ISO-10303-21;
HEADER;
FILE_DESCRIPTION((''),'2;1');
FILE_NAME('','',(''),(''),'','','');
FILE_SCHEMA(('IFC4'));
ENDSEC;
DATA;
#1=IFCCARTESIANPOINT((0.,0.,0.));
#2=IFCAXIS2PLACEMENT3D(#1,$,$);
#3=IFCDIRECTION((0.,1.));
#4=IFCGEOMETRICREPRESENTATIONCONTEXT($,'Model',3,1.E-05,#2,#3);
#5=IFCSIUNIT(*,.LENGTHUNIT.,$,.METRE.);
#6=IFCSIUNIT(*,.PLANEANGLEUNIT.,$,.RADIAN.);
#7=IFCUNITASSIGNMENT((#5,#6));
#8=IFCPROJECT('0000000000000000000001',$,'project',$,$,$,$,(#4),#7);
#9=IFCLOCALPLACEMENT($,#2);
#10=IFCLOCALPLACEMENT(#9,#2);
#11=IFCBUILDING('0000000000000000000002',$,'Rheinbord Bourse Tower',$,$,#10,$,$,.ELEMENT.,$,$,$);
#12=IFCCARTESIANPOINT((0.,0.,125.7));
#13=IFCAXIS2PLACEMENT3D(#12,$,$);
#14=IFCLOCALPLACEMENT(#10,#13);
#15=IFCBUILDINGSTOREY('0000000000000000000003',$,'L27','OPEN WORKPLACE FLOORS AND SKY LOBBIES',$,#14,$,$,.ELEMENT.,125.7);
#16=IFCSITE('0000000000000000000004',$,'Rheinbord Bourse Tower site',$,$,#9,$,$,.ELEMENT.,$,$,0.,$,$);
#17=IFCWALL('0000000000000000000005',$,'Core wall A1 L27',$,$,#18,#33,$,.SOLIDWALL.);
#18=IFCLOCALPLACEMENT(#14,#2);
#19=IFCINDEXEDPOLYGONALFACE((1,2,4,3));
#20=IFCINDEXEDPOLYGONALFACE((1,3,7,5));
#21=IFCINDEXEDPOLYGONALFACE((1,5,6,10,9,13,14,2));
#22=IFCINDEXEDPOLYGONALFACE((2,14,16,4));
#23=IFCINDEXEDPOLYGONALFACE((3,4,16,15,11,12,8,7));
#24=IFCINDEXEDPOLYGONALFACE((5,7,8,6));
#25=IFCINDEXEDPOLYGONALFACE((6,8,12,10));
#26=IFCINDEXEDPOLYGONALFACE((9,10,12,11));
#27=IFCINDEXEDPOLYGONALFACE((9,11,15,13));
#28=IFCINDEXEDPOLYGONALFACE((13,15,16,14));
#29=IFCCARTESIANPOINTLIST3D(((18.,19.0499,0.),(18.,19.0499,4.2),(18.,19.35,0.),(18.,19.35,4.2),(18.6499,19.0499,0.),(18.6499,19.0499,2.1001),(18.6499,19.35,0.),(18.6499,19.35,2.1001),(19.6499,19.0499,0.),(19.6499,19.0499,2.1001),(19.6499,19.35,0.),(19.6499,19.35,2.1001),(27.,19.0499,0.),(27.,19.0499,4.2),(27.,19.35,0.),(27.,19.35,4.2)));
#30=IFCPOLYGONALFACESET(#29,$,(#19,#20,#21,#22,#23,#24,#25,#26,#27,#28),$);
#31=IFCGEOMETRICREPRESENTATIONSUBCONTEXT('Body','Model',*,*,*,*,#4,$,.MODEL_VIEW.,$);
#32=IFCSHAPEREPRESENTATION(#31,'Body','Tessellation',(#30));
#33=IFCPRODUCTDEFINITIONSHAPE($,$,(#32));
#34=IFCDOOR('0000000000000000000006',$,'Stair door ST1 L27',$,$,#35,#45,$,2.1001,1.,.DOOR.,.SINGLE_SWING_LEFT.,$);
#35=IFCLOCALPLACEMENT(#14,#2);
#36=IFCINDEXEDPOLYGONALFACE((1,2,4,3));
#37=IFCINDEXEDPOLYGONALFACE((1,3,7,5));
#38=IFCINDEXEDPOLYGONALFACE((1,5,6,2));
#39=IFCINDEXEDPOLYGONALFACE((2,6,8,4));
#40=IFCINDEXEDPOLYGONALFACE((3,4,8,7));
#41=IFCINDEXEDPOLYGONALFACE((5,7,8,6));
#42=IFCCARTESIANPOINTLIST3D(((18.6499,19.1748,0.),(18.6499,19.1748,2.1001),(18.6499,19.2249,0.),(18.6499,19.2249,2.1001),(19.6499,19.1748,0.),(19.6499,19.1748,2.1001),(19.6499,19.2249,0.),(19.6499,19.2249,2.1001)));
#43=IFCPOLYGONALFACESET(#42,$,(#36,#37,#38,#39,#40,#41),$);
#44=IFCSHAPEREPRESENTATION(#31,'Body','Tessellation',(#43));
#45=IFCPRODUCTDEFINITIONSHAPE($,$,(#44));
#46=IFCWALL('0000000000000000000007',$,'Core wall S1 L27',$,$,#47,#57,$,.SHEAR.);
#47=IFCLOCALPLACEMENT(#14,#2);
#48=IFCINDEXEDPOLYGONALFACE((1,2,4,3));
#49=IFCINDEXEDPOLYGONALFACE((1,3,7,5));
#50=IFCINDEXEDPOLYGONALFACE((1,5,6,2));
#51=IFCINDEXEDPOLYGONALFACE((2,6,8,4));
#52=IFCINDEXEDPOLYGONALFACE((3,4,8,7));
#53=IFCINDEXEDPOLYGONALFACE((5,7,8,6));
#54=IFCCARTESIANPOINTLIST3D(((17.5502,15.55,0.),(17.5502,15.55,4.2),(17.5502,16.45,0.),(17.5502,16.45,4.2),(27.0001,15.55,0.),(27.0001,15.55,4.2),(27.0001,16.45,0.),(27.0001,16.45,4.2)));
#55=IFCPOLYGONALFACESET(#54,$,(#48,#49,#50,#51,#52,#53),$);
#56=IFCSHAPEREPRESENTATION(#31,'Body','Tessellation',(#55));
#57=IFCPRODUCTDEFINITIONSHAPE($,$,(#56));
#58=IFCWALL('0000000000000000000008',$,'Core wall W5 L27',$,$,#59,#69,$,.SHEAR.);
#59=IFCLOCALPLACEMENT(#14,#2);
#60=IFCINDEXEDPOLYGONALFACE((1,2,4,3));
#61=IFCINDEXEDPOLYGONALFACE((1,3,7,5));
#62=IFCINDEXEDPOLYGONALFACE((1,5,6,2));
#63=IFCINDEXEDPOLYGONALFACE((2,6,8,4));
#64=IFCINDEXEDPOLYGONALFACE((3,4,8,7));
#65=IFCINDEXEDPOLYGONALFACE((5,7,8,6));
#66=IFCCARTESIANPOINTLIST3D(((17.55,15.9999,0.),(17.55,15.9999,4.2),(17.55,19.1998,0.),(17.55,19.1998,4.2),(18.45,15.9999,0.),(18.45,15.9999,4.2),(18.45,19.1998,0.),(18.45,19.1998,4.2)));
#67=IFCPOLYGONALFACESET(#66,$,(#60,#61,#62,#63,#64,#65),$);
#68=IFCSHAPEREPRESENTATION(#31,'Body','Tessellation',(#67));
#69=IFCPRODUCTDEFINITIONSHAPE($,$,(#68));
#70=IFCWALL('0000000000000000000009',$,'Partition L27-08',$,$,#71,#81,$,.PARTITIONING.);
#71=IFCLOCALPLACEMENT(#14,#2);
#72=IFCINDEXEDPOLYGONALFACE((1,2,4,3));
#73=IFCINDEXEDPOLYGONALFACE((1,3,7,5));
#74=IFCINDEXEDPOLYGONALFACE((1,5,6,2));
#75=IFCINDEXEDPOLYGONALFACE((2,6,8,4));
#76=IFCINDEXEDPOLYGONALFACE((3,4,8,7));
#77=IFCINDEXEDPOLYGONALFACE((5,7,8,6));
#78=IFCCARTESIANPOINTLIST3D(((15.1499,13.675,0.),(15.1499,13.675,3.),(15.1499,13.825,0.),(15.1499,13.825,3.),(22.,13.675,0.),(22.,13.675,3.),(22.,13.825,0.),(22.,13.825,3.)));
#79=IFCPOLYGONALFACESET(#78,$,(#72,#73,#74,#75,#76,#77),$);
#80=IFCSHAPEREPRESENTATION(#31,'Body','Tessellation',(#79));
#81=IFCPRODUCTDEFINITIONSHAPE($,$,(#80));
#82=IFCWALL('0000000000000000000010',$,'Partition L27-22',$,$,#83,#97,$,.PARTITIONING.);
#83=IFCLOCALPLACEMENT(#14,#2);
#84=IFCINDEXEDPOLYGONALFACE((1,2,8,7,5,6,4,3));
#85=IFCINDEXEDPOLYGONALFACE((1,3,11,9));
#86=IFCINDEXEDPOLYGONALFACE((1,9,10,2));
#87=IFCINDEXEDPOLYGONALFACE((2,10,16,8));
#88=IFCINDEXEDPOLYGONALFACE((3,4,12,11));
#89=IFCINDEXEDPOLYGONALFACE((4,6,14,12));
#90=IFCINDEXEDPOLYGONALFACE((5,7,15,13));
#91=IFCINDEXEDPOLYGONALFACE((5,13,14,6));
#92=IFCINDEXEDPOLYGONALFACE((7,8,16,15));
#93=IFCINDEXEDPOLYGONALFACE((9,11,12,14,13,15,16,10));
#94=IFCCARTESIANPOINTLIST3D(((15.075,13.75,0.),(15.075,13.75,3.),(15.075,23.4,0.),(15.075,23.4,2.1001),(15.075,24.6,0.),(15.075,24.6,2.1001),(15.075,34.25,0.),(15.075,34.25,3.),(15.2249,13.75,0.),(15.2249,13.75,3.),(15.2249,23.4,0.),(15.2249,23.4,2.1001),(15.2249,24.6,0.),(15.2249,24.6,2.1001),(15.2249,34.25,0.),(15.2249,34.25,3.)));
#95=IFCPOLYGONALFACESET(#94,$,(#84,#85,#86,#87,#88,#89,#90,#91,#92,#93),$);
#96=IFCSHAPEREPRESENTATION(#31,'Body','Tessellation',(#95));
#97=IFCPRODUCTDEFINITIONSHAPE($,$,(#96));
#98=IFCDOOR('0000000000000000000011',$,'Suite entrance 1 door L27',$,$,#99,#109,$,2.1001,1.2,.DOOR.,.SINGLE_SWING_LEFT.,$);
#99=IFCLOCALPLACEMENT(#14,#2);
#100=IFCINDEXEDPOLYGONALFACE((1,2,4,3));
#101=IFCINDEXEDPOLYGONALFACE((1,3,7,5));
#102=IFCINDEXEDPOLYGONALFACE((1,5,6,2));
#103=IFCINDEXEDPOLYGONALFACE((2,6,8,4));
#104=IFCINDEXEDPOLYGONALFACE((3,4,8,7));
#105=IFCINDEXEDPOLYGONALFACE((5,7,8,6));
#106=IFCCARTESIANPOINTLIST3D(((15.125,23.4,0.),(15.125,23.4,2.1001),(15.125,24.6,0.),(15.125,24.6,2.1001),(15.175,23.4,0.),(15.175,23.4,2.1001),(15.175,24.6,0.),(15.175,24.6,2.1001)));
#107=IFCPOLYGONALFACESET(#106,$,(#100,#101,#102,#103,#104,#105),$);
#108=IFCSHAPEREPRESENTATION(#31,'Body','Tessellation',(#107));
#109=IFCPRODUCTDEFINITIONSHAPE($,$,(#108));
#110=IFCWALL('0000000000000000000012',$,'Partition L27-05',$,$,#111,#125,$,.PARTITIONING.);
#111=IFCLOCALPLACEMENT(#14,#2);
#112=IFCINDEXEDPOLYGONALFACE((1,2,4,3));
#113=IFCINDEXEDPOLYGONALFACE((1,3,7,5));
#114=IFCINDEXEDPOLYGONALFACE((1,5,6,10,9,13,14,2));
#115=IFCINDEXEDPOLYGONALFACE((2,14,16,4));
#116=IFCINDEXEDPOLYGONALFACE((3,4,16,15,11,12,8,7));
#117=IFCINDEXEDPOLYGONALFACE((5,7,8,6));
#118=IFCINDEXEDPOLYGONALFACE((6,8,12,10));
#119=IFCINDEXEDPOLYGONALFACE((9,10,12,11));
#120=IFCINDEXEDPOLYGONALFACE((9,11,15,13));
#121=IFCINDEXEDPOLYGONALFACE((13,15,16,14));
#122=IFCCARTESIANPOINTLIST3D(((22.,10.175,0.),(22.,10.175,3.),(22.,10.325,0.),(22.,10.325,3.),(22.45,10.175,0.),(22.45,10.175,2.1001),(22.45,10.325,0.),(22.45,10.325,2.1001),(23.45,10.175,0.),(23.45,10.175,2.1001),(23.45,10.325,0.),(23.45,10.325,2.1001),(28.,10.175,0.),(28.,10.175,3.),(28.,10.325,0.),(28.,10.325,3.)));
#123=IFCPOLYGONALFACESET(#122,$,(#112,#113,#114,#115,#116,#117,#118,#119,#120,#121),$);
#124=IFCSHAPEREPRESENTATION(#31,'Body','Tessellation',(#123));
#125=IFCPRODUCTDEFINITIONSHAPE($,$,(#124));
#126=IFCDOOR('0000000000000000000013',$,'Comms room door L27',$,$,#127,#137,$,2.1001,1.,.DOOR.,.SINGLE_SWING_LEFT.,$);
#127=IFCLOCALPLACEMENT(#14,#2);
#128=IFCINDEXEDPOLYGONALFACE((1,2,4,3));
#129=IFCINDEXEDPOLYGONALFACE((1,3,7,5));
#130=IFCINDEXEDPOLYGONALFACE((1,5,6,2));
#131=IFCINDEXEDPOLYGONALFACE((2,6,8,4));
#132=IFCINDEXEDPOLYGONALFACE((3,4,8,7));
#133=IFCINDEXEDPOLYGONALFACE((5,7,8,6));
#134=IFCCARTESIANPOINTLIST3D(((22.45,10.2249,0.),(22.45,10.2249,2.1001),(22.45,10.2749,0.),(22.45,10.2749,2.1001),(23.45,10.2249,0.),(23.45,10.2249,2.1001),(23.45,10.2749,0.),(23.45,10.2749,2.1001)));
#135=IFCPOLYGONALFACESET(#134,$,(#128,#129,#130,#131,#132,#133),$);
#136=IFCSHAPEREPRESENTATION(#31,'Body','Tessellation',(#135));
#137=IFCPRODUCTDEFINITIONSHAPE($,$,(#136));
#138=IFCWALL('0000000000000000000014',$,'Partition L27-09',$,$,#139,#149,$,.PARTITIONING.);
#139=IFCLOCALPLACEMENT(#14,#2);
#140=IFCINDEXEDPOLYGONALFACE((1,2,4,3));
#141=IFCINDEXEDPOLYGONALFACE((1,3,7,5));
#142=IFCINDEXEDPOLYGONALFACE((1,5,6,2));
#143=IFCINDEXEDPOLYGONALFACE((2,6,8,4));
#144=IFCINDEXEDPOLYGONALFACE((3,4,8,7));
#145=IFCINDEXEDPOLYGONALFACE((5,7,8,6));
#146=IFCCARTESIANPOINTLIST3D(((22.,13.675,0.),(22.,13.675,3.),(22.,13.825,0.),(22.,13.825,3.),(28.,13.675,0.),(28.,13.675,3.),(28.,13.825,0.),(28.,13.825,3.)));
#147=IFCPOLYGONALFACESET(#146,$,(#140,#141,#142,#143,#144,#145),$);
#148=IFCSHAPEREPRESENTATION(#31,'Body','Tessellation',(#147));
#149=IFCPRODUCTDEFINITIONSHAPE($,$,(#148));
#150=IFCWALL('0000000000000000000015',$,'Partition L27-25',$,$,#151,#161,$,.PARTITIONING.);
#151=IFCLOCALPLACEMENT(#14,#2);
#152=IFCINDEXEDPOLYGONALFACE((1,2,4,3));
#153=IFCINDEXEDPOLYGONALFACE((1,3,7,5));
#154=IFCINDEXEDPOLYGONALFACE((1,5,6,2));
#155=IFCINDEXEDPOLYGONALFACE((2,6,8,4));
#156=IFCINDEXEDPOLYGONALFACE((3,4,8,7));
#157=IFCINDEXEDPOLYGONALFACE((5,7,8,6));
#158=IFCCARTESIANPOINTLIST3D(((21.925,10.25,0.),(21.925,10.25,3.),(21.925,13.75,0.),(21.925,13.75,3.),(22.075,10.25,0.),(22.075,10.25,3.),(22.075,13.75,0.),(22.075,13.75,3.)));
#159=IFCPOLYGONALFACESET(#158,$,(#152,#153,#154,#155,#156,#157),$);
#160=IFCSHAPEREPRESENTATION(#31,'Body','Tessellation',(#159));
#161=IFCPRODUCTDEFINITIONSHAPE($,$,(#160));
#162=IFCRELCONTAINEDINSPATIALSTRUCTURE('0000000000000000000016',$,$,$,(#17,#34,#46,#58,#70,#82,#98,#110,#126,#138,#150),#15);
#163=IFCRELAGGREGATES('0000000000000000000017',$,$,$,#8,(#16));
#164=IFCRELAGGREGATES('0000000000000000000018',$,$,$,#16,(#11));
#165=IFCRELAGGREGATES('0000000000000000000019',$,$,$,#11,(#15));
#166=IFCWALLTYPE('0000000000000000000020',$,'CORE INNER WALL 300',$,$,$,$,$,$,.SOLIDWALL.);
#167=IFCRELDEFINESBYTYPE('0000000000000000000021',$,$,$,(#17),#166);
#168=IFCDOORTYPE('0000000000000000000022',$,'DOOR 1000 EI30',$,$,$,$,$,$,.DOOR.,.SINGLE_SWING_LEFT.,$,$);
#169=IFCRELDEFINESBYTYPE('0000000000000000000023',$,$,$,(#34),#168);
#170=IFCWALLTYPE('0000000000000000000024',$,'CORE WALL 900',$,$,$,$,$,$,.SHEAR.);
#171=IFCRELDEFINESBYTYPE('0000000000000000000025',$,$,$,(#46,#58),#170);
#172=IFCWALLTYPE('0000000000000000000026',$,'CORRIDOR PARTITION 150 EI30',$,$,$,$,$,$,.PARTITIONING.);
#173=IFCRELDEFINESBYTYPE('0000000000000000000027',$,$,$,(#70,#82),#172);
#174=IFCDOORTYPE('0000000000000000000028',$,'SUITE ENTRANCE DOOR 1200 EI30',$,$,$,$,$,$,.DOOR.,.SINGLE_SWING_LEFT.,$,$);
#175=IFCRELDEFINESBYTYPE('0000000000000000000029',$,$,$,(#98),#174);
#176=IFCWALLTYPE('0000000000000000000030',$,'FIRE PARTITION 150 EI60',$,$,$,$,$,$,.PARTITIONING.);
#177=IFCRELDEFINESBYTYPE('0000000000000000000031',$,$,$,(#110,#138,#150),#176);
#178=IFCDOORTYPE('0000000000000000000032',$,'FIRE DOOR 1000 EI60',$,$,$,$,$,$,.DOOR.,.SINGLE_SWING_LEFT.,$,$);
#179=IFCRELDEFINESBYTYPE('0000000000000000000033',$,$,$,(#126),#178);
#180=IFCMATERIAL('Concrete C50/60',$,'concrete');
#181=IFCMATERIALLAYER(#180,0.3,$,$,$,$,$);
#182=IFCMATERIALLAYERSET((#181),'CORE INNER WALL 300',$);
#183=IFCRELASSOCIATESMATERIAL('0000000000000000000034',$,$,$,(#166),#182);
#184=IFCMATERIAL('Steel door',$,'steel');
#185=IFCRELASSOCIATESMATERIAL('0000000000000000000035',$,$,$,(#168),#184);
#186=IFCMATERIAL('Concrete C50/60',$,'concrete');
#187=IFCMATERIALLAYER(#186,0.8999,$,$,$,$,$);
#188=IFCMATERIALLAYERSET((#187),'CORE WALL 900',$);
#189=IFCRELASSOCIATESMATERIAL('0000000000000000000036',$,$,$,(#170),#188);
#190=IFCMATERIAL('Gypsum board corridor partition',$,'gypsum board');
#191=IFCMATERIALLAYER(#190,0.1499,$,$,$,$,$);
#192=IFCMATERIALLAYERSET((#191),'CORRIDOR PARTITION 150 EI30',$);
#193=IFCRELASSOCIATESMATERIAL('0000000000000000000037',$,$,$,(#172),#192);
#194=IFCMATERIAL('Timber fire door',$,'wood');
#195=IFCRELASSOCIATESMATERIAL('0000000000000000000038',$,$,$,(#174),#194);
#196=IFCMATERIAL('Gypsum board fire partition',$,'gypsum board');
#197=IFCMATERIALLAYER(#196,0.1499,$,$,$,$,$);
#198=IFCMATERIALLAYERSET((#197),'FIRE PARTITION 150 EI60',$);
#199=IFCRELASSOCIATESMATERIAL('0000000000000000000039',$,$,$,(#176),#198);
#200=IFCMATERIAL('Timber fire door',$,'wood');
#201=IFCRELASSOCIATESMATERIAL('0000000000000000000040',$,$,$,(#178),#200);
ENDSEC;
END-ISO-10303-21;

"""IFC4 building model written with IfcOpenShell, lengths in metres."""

from ifc_helpers import new_model, si_unit, direction, frame, frame_2d, origin, place, context, subcontext, project, spatial, rectangle, extrude, material, layer, layer_set, type_object, element, fill, save


model = new_model("IFC4")

# Units and contexts
model_context = context("Model", 3, precision=1e-05, world=origin(), true_north=direction((0.0, 1.0)))
body_context = subcontext(model_context, "Body", "Model", "MODEL_VIEW")
ifc_project = project(units=[si_unit("LENGTHUNIT", "METRE"), si_unit("PLANEANGLEUNIT", "RADIAN")], contexts=[model_context])

# Site, building, storey
site_placement = place(None, origin())
site = spatial("IfcSite", under=ifc_project, at=site_placement, Name="Rheinbord Bourse Tower site", CompositionType="ELEMENT", RefElevation=0.0)
building_placement = place(site_placement, origin())
building = spatial("IfcBuilding", under=site, at=building_placement, Name="Rheinbord Bourse Tower", CompositionType="ELEMENT")
storey_placement = place(building_placement, frame((0.0, 0.0, 125.7)))
storey = spatial("IfcBuildingStorey", under=building, at=storey_placement, Name="L27", Description="OPEN WORKPLACE FLOORS AND SKY LOBBIES", CompositionType="ELEMENT", Elevation=125.7)

# Wall, opening, door
ifc_material_1 = material(Name="Concrete C50/60", Category="concrete")
ifc_layer_1 = layer(ifc_material_1, 0.3)
ifc_layer_set_1 = layer_set([ifc_layer_1], Name="CORE INNER WALL 300")
wall_type_1 = type_object("IfcWallType", Name="CORE INNER WALL 300", PredefinedType="SOLIDWALL", material=ifc_layer_set_1)
wall_1_placement = place(storey_placement, frame((18.0, 19.2, 0.0), z_axis=(0.0, 0.0, 1.0), x_axis=(1.0, 0.0, 0.0)))
wall_1 = element("IfcWall", 1, at=wall_1_placement, inside=storey, type_object=wall_type_1, Name="Core wall A1 L27", PredefinedType="SOLIDWALL", context=body_context, shape_type="SweptSolid", body=[
    extrude(rectangle(XDim=9.0, YDim=0.3, at=frame_2d((4.5, 0.0))), origin(), (0.0, 0.0, 1.0), 4.2),
])
opening_1_placement = place(wall_1_placement, frame((0.6499, 0.0, 0.0)))
opening_1 = element("IfcOpeningElement", 2, at=opening_1_placement, cuts=wall_1, PredefinedType="OPENING", context=body_context, shape_type="SweptSolid", body=[
    extrude(rectangle(XDim=1.0, YDim=2.1001, at=frame_2d((0.5, 1.05))), frame((0.0, 0.1599, 0.0), z_axis=(0.0, -1.0, 0.0), x_axis=(1.0, 0.0, 0.0)), (0.0, 0.0, 1.0), 0.3201),
])
ifc_material_2 = material(Name="Steel door", Category="steel")
door_type_1 = type_object("IfcDoorType", Name="DOOR 1000 EI30", OperationType="SINGLE_SWING_LEFT", PredefinedType="DOOR", material=ifc_material_2)
door_1_placement = place(opening_1_placement, origin())
door_1 = element("IfcDoor", 3, at=door_1_placement, inside=storey, type_object=door_type_1, Name="Stair door ST1 L27", OperationType="SINGLE_SWING_LEFT", OverallHeight=2.1001, OverallWidth=1.0, PredefinedType="DOOR", context=body_context, shape_type="SweptSolid", body=[
    extrude(rectangle(XDim=1.0, YDim=2.1001, at=frame_2d((0.5, 1.05))), frame((0.0, 0.0249, 0.0), z_axis=(0.0, -1.0, 0.0), x_axis=(1.0, 0.0, 0.0)), (0.0, 0.0, 1.0), 0.05),
])
fill(opening_1, door_1)

# Walls
ifc_material_3 = material(Name="Concrete C50/60", Category="concrete")
ifc_layer_2 = layer(ifc_material_3, 0.8999)
ifc_layer_set_2 = layer_set([ifc_layer_2], Name="CORE WALL 900")
wall_type_2 = type_object("IfcWallType", Name="CORE WALL 900", PredefinedType="SHEAR", material=ifc_layer_set_2)
wall_2_placement = place(storey_placement, frame((17.55, 16.0, 0.0), z_axis=(0.0, 0.0, 1.0), x_axis=(1.0, 0.0, 0.0)))
element("IfcWall", 4, at=wall_2_placement, inside=storey, type_object=wall_type_2, Name="Core wall S1 L27", PredefinedType="SHEAR", context=body_context, shape_type="SweptSolid", body=[
    extrude(rectangle(XDim=9.45, YDim=0.8999, at=frame_2d((4.7251, 0.0))), origin(), (0.0, 0.0, 1.0), 4.2),
])
wall_3_placement = place(storey_placement, frame((18.0, 19.2, 0.0), z_axis=(0.0, 0.0, 1.0), x_axis=(0.0, -1.0, 0.0)))
element("IfcWall", 5, at=wall_3_placement, inside=storey, type_object=wall_type_2, Name="Core wall W5 L27", PredefinedType="SHEAR", context=body_context, shape_type="SweptSolid", body=[
    extrude(rectangle(XDim=3.2, YDim=0.8999, at=frame_2d((1.6001, 0.0))), origin(), (0.0, 0.0, 1.0), 4.2),
])
ifc_material_4 = material(Name="Gypsum board corridor partition", Category="gypsum board")
ifc_layer_3 = layer(ifc_material_4, 0.1499)
ifc_layer_set_3 = layer_set([ifc_layer_3], Name="CORRIDOR PARTITION 150 EI30")
wall_type_3 = type_object("IfcWallType", Name="CORRIDOR PARTITION 150 EI30", PredefinedType="PARTITIONING", material=ifc_layer_set_3)
wall_4_placement = place(storey_placement, frame((15.1499, 13.75, 0.0), z_axis=(0.0, 0.0, 1.0), x_axis=(1.0, 0.0, 0.0)))
element("IfcWall", 6, at=wall_4_placement, inside=storey, type_object=wall_type_3, Name="Partition L27-08", PredefinedType="PARTITIONING", context=body_context, shape_type="SweptSolid", body=[
    extrude(rectangle(XDim=6.8501, YDim=0.1499, at=frame_2d((3.425, 0.0))), origin(), (0.0, 0.0, 1.0), 3.0),
])

# Walls, openings, doors
wall_5_placement = place(storey_placement, frame((15.1499, 13.75, 0.0), z_axis=(0.0, 0.0, 1.0), x_axis=(0.0, 1.0, 0.0)))
wall_5 = element("IfcWall", 7, at=wall_5_placement, inside=storey, type_object=wall_type_3, Name="Partition L27-22", PredefinedType="PARTITIONING", context=body_context, shape_type="SweptSolid", body=[
    extrude(rectangle(XDim=20.5, YDim=0.1499, at=frame_2d((10.25, 0.0))), origin(), (0.0, 0.0, 1.0), 3.0),
])
opening_2_placement = place(wall_5_placement, frame((9.6499, 0.0, 0.0)))
opening_2 = element("IfcOpeningElement", 8, at=opening_2_placement, cuts=wall_5, PredefinedType="OPENING", context=body_context, shape_type="SweptSolid", body=[
    extrude(rectangle(XDim=1.2, YDim=2.1001, at=frame_2d((0.6001, 1.05))), frame((0.0, 0.085, 0.0), z_axis=(0.0, -1.0, 0.0), x_axis=(1.0, 0.0, 0.0)), (0.0, 0.0, 1.0), 0.1699),
])
ifc_material_5 = material(Name="Timber fire door", Category="wood")
door_type_2 = type_object("IfcDoorType", Name="SUITE ENTRANCE DOOR 1200 EI30", OperationType="SINGLE_SWING_LEFT", PredefinedType="DOOR", material=ifc_material_5)
door_2_placement = place(opening_2_placement, origin())
door_2 = element("IfcDoor", 9, at=door_2_placement, inside=storey, type_object=door_type_2, Name="Suite entrance 1 door L27", OperationType="SINGLE_SWING_LEFT", OverallHeight=2.1001, OverallWidth=1.2, PredefinedType="DOOR", context=body_context, shape_type="SweptSolid", body=[
    extrude(rectangle(XDim=1.2, YDim=2.1001, at=frame_2d((0.6001, 1.05))), frame((0.0, 0.0249, 0.0), z_axis=(0.0, -1.0, 0.0), x_axis=(1.0, 0.0, 0.0)), (0.0, 0.0, 1.0), 0.05),
])
fill(opening_2, door_2)
ifc_material_6 = material(Name="Gypsum board fire partition", Category="gypsum board")
ifc_layer_4 = layer(ifc_material_6, 0.1499)
ifc_layer_set_4 = layer_set([ifc_layer_4], Name="FIRE PARTITION 150 EI60")
wall_type_4 = type_object("IfcWallType", Name="FIRE PARTITION 150 EI60", PredefinedType="PARTITIONING", material=ifc_layer_set_4)
wall_6_placement = place(storey_placement, frame((22.0, 10.25, 0.0), z_axis=(0.0, 0.0, 1.0), x_axis=(1.0, 0.0, 0.0)))
wall_6 = element("IfcWall", 10, at=wall_6_placement, inside=storey, type_object=wall_type_4, Name="Partition L27-05", PredefinedType="PARTITIONING", context=body_context, shape_type="SweptSolid", body=[
    extrude(rectangle(XDim=6.0, YDim=0.1499, at=frame_2d((3.0, 0.0))), origin(), (0.0, 0.0, 1.0), 3.0),
])
opening_3_placement = place(wall_6_placement, frame((0.45, 0.0, 0.0)))
opening_3 = element("IfcOpeningElement", 11, at=opening_3_placement, cuts=wall_6, PredefinedType="OPENING", context=body_context, shape_type="SweptSolid", body=[
    extrude(rectangle(XDim=1.0, YDim=2.1001, at=frame_2d((0.5, 1.05))), frame((0.0, 0.085, 0.0), z_axis=(0.0, -1.0, 0.0), x_axis=(1.0, 0.0, 0.0)), (0.0, 0.0, 1.0), 0.1699),
])
ifc_material_7 = material(Name="Timber fire door", Category="wood")
door_type_3 = type_object("IfcDoorType", Name="FIRE DOOR 1000 EI60", OperationType="SINGLE_SWING_LEFT", PredefinedType="DOOR", material=ifc_material_7)
door_3_placement = place(opening_3_placement, origin())
door_3 = element("IfcDoor", 12, at=door_3_placement, inside=storey, type_object=door_type_3, Name="Comms room door L27", OperationType="SINGLE_SWING_LEFT", OverallHeight=2.1001, OverallWidth=1.0, PredefinedType="DOOR", context=body_context, shape_type="SweptSolid", body=[
    extrude(rectangle(XDim=1.0, YDim=2.1001, at=frame_2d((0.5, 1.05))), frame((0.0, 0.0249, 0.0), z_axis=(0.0, -1.0, 0.0), x_axis=(1.0, 0.0, 0.0)), (0.0, 0.0, 1.0), 0.05),
])
fill(opening_3, door_3)

# Walls
wall_7_placement = place(storey_placement, frame((22.0, 13.75, 0.0), z_axis=(0.0, 0.0, 1.0), x_axis=(1.0, 0.0, 0.0)))
element("IfcWall", 13, at=wall_7_placement, inside=storey, type_object=wall_type_4, Name="Partition L27-09", PredefinedType="PARTITIONING", context=body_context, shape_type="SweptSolid", body=[
    extrude(rectangle(XDim=6.0, YDim=0.1499, at=frame_2d((3.0, 0.0))), origin(), (0.0, 0.0, 1.0), 3.0),
])
wall_8_placement = place(storey_placement, frame((22.0, 10.25, 0.0), z_axis=(0.0, 0.0, 1.0), x_axis=(0.0, 1.0, 0.0)))
element("IfcWall", 14, at=wall_8_placement, inside=storey, type_object=wall_type_4, Name="Partition L27-25", PredefinedType="PARTITIONING", context=body_context, shape_type="SweptSolid", body=[
    extrude(rectangle(XDim=3.5, YDim=0.1499, at=frame_2d((1.75, 0.0))), origin(), (0.0, 0.0, 1.0), 3.0),
])

save(model, "model.ifc")
